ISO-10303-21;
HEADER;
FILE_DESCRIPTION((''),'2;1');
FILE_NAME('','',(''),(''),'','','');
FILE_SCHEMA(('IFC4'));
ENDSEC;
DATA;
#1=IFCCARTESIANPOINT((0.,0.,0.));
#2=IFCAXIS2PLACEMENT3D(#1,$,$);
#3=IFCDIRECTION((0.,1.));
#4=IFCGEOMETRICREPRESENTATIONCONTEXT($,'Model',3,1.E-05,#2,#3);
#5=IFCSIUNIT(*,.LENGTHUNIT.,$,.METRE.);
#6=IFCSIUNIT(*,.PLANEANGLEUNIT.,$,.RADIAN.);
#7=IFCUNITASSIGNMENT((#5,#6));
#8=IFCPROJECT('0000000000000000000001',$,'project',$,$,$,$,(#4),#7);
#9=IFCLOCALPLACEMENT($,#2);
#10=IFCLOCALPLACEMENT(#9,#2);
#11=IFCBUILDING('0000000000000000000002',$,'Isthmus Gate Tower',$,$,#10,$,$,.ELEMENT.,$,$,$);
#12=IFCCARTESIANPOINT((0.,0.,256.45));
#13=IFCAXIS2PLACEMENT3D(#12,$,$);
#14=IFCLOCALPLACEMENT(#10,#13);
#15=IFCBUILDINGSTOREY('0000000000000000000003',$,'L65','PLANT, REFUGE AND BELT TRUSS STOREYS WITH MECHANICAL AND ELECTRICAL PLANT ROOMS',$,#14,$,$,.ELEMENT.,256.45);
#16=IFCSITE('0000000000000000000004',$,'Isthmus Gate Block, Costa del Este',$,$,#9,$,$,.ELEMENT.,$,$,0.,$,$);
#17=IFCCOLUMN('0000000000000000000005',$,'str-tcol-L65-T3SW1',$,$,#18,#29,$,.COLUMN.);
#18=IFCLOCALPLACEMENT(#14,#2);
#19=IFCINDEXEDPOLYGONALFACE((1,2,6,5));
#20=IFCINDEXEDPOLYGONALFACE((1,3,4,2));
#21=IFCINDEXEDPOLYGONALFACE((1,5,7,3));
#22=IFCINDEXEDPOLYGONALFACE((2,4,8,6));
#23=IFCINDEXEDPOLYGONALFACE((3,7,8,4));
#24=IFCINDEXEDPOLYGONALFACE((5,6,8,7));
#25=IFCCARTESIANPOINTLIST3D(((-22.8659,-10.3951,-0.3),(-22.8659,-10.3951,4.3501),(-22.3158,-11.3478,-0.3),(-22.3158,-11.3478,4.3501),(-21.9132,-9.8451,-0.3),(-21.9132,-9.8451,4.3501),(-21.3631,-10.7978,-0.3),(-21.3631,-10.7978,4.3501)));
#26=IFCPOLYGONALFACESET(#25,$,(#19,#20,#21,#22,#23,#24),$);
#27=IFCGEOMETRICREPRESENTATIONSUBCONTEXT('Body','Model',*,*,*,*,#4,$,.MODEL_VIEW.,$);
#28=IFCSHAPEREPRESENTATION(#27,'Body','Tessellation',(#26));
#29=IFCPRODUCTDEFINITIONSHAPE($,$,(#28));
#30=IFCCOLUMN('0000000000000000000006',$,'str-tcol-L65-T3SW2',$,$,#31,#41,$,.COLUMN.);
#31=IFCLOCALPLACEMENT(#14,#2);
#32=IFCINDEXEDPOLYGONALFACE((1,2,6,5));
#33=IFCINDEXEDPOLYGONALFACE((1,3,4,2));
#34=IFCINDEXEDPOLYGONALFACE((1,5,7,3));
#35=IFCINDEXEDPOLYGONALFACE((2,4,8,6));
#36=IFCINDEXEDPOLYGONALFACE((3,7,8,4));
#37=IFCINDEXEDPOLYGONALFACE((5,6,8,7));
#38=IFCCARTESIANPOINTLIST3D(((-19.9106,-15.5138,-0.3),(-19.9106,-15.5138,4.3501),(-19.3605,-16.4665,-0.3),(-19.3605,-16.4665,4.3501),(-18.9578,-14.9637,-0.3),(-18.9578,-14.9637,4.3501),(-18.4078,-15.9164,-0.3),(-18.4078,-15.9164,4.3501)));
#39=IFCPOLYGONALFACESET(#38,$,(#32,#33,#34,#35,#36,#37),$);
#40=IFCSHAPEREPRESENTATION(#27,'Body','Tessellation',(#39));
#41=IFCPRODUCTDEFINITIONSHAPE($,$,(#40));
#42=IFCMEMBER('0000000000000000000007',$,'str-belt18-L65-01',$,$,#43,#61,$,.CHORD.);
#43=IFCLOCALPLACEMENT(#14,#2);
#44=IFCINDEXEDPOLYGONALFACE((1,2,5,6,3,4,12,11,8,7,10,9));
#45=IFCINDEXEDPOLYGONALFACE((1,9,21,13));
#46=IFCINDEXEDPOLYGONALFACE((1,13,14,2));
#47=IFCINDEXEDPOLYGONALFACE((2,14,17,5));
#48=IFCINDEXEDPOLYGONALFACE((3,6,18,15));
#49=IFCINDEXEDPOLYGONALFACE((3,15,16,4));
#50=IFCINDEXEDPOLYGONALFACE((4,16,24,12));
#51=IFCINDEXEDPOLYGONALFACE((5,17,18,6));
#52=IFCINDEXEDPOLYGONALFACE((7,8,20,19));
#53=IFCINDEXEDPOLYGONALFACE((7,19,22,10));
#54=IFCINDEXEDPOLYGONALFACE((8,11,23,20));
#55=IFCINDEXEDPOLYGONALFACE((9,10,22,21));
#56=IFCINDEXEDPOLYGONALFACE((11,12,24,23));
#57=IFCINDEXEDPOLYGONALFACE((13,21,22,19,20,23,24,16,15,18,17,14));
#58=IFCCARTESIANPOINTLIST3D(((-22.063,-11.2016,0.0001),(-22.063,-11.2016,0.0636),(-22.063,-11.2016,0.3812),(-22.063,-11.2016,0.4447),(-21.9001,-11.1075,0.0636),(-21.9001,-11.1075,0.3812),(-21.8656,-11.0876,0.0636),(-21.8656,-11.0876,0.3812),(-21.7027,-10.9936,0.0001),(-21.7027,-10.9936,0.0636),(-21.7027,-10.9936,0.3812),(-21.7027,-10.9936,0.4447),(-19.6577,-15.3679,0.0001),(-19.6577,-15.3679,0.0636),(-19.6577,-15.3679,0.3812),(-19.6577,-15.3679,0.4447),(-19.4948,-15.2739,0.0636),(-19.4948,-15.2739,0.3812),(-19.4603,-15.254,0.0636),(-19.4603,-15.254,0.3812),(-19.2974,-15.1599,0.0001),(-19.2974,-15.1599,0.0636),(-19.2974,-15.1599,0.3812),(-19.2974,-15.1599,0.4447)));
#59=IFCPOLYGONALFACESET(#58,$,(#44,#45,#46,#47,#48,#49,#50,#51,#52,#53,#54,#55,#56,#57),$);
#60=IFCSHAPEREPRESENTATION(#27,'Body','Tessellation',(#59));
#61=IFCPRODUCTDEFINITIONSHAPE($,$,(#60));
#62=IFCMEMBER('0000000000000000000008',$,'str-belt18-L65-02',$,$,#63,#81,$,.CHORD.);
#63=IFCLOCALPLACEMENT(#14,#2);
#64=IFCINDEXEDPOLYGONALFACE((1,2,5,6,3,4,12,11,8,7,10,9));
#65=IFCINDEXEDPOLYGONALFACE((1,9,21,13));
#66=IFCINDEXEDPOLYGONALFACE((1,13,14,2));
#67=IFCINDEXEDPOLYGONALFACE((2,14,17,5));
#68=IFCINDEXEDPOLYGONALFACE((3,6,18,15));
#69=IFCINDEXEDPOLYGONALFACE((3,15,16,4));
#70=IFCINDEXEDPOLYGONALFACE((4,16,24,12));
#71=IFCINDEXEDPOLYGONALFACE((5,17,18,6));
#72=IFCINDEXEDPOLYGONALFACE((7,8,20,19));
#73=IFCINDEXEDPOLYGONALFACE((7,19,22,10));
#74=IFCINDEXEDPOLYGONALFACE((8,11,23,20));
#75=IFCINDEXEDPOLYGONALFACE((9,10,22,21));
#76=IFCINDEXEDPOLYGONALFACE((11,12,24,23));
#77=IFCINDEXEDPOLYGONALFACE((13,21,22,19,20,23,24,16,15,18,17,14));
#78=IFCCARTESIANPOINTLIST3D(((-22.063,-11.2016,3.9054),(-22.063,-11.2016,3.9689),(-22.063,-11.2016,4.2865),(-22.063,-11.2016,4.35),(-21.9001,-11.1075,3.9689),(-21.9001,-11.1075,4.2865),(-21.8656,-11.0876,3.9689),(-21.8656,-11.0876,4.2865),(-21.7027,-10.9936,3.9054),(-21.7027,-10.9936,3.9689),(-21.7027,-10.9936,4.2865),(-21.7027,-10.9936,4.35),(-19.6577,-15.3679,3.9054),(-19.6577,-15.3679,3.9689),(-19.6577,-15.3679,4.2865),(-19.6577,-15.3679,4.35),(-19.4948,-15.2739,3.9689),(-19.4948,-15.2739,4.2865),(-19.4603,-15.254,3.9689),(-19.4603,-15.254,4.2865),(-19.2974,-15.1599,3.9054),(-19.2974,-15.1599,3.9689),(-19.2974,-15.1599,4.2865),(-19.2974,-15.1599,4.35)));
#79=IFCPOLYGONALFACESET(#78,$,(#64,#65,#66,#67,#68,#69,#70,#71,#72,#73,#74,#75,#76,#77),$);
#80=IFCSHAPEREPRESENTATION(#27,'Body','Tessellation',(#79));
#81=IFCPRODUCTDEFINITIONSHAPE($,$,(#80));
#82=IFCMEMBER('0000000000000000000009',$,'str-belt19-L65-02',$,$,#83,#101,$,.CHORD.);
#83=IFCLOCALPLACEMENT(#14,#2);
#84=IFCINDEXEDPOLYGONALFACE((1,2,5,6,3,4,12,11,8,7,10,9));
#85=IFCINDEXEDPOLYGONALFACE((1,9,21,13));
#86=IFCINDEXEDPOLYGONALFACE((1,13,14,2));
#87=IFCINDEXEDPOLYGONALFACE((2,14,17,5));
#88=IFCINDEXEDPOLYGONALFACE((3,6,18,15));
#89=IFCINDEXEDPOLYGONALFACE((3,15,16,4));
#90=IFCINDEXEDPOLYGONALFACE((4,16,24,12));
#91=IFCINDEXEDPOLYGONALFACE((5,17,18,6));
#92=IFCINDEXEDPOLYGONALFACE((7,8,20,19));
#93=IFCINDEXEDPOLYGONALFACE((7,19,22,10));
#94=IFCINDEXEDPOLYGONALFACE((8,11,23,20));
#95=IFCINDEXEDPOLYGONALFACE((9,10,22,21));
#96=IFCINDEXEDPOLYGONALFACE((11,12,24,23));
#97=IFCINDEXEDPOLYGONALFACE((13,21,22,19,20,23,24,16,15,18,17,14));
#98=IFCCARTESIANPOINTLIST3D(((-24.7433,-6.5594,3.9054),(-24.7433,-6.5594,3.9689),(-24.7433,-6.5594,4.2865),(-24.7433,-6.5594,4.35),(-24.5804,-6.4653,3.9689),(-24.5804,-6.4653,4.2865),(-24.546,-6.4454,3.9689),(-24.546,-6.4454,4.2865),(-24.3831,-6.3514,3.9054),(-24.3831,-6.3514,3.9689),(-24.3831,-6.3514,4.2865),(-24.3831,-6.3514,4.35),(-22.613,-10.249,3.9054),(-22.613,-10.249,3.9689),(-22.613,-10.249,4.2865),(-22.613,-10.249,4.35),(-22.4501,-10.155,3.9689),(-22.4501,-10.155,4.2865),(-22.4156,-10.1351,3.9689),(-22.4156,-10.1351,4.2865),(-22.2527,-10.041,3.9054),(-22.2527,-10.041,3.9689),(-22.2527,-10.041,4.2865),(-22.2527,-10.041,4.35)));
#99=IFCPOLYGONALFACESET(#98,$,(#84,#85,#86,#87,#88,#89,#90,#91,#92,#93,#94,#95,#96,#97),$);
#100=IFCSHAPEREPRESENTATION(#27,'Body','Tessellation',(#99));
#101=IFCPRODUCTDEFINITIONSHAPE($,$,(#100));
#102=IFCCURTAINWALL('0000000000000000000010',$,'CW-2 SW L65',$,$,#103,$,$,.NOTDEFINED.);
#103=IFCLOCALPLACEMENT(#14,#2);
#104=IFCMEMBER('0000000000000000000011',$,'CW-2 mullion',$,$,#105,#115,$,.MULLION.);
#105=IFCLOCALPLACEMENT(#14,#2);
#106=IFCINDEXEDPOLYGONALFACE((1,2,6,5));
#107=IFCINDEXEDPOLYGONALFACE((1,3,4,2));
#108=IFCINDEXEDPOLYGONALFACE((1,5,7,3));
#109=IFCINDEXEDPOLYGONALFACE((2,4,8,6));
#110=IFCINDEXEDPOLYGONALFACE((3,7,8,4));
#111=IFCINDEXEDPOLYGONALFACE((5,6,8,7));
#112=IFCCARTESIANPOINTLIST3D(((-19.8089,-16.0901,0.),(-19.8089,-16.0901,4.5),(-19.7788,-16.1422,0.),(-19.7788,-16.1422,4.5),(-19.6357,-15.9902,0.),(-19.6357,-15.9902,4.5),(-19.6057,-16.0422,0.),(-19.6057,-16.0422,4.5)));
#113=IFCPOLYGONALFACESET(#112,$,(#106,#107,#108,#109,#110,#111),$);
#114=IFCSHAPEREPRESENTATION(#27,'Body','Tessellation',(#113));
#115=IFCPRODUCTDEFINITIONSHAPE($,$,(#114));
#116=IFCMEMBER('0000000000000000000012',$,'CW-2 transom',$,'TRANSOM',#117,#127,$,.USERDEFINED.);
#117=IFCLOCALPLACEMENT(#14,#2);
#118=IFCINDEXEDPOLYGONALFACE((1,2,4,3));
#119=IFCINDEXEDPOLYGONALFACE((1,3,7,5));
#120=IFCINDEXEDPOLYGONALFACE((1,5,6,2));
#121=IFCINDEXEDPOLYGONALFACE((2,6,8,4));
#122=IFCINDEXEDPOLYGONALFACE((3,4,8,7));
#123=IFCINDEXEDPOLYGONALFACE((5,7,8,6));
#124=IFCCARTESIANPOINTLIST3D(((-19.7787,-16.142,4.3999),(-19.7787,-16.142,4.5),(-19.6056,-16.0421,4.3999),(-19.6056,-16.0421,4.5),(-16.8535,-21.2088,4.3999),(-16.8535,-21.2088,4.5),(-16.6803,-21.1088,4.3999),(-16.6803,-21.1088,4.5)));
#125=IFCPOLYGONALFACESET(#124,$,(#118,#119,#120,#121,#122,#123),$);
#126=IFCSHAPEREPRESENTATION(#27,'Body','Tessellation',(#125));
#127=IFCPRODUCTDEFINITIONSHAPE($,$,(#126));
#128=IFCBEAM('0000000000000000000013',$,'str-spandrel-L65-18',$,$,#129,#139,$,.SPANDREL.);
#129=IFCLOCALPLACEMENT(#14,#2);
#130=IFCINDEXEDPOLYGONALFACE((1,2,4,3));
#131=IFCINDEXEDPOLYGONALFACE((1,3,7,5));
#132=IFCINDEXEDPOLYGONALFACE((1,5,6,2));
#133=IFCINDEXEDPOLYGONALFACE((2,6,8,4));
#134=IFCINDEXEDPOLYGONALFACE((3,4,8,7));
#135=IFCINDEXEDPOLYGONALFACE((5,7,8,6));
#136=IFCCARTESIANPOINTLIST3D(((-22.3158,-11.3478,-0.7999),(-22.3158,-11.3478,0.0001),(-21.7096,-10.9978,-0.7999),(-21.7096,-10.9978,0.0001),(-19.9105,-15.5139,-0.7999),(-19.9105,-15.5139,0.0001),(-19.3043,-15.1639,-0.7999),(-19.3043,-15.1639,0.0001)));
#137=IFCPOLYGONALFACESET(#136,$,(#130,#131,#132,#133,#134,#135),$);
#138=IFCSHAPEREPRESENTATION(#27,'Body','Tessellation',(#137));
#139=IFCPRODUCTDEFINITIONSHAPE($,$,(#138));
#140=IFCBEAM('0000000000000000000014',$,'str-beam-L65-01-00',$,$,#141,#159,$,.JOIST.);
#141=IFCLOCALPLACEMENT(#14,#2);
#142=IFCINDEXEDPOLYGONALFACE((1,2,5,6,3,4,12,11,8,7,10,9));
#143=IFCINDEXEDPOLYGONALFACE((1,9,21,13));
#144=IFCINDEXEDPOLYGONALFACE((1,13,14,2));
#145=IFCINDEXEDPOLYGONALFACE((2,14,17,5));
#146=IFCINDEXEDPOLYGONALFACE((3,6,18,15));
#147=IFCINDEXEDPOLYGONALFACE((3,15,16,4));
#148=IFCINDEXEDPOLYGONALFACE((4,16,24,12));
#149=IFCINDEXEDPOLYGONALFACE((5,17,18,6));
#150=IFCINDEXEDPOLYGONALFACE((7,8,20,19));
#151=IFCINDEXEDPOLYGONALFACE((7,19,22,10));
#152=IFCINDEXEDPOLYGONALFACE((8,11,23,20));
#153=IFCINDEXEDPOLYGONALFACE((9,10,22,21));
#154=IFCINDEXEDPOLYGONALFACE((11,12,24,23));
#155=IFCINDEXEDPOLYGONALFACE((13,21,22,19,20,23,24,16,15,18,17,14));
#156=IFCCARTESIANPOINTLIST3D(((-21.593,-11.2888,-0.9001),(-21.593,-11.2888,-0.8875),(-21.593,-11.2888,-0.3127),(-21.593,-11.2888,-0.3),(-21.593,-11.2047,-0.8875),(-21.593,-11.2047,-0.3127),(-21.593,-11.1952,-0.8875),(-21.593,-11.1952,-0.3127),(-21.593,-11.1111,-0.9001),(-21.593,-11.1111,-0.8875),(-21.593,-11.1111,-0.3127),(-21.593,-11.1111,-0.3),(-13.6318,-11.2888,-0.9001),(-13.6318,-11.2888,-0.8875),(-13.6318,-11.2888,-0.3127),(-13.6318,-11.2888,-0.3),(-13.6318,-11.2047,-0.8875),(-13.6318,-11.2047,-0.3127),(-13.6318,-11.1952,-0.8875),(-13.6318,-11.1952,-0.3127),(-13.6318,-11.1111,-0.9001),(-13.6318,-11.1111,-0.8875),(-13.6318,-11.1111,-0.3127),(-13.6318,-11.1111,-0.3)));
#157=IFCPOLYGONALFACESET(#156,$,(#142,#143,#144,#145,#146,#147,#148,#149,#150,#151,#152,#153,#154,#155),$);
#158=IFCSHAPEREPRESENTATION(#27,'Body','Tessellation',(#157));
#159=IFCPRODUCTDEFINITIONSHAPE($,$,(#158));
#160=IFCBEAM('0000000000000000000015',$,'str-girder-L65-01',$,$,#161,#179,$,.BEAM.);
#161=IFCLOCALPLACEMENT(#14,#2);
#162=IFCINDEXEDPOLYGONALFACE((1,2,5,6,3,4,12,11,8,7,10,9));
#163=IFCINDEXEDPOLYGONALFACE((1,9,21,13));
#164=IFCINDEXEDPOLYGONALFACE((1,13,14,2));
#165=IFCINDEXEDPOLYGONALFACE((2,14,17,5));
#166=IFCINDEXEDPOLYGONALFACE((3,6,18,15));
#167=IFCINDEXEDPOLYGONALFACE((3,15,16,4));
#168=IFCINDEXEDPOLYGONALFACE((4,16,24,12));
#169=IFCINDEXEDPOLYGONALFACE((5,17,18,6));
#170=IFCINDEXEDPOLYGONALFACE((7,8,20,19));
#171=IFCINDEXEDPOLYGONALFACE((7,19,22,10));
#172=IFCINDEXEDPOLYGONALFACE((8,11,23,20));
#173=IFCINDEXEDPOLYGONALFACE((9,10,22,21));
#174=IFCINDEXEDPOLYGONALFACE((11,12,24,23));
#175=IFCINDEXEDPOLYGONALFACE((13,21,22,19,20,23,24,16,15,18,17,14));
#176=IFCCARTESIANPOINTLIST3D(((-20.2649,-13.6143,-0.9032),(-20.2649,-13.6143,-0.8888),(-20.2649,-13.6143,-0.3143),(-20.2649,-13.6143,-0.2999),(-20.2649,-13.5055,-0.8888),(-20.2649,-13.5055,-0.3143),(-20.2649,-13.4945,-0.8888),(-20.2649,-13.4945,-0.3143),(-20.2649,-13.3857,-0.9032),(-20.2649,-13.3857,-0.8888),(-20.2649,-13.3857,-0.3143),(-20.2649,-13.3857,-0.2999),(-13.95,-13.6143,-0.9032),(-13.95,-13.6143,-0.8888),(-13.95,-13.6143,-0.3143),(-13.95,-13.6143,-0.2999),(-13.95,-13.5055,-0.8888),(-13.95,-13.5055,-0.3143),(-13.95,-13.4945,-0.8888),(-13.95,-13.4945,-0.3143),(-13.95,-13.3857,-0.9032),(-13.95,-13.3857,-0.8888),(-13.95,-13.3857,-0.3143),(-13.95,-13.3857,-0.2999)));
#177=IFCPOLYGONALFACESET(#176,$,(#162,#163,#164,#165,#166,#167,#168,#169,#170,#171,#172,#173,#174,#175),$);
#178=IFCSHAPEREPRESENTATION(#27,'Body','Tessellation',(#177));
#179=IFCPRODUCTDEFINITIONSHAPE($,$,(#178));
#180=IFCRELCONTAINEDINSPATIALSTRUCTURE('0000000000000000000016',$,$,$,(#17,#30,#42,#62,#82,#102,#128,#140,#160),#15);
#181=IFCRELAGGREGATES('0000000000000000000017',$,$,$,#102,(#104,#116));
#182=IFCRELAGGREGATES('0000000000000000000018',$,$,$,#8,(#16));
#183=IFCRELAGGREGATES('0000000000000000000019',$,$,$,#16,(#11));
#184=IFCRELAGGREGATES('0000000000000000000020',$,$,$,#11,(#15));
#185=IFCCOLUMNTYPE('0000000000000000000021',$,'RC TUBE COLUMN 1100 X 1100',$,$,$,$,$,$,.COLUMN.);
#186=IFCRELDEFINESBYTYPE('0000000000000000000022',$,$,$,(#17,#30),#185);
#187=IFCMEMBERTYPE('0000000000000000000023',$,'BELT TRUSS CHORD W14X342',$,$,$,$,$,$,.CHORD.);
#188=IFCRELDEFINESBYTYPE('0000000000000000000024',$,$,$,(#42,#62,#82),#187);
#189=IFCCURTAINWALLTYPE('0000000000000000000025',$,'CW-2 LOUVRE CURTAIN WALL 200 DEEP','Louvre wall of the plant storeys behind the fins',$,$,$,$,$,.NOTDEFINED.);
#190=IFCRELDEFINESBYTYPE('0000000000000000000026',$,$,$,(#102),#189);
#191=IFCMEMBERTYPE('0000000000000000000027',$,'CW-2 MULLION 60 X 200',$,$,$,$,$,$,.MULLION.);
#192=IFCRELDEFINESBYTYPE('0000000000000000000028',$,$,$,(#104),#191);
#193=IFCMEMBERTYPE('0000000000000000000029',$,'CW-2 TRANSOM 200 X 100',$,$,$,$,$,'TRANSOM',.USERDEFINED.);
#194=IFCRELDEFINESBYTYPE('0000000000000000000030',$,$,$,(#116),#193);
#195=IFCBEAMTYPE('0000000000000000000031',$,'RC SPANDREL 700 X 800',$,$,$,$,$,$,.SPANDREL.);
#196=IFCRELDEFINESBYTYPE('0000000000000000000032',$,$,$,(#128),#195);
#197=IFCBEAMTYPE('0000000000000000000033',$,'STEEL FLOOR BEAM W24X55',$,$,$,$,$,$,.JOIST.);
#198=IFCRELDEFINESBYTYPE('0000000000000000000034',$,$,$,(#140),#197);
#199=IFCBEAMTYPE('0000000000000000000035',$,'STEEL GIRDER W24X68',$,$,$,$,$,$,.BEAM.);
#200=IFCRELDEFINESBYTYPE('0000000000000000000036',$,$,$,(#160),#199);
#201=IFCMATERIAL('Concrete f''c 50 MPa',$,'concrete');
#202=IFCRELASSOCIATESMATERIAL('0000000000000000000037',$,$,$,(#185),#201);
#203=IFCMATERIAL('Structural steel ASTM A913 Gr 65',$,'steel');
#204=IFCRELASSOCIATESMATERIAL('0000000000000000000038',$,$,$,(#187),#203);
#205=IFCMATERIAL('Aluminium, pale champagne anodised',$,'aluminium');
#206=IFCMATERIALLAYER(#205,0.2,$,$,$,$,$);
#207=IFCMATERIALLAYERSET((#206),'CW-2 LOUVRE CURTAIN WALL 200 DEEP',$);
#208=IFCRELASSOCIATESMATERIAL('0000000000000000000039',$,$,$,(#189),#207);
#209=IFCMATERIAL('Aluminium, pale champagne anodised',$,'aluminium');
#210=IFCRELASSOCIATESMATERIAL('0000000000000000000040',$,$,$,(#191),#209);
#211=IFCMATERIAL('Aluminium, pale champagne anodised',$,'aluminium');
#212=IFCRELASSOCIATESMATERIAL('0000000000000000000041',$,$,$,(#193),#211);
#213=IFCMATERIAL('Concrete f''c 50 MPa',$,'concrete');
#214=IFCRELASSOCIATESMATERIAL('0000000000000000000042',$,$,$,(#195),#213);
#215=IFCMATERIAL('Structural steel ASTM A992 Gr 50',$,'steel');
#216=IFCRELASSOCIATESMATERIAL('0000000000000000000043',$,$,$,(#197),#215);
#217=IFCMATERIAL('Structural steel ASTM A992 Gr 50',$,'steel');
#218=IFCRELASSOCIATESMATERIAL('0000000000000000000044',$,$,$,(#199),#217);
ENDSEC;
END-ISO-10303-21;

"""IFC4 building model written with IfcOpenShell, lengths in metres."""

from ifc_helpers import new_model, si_unit, direction, frame, origin, origin_2d, place, context, subcontext, project, spatial, rectangle, i_section, extrude, material, layer, layer_set, material_profile, profile_set, type_object, element, aggregate, save


model = new_model("IFC4")

# Units and contexts
model_context = context("Model", 3, precision=1e-05, world=origin(), true_north=direction((0.0, 1.0)))
body_context = subcontext(model_context, "Body", "Model", "MODEL_VIEW")
ifc_project = project(units=[si_unit("LENGTHUNIT", "METRE"), si_unit("PLANEANGLEUNIT", "RADIAN")], contexts=[model_context])

# Site, building, storey
site_placement = place(None, origin())
site = spatial("IfcSite", under=ifc_project, at=site_placement, Name="Isthmus Gate Block, Costa del Este", CompositionType="ELEMENT", RefElevation=0.0)
building_placement = place(site_placement, origin())
building = spatial("IfcBuilding", under=site, at=building_placement, Name="Isthmus Gate Tower", CompositionType="ELEMENT")
storey_placement = place(building_placement, frame((0.0, 0.0, 256.45)))
storey = spatial("IfcBuildingStorey", under=building, at=storey_placement, Name="L65", Description="PLANT, REFUGE AND BELT TRUSS STOREYS WITH MECHANICAL AND ELECTRICAL PLANT ROOMS", CompositionType="ELEMENT", Elevation=256.45)

# Columns
ifc_material_1 = material(Name="Concrete f'c 50 MPa", Category="concrete")
ifc_material_profile_1 = material_profile(ifc_material_1, rectangle(XDim=1.1001, YDim=1.1001, at=origin_2d()), Name="RC 1100X1100")
ifc_profile_set_1 = profile_set([ifc_material_profile_1], Name="Concrete f'c 50 MPa")
column_type = type_object("IfcColumnType", Name="RC TUBE COLUMN 1100 X 1100", PredefinedType="COLUMN", material=ifc_profile_set_1)
for number, where, z_axis, x_axis, name in (
    (1, (-22.1145, -10.5964, -0.3), (0.0, 0.0, 1.0), (0.5, -0.866025, 0.0), "str-tcol-L65-T3SW1"),
    (2, (-19.1592, -15.7151, -0.3), (0.0, 0.0, 1.0), (0.5, -0.866025, 0.0), "str-tcol-L65-T3SW2"),
):
    element("IfcColumn", number, at=place(storey_placement, frame(where, z_axis=z_axis, x_axis=x_axis)), inside=storey, type_object=column_type, Name=name, PredefinedType="COLUMN", context=body_context, shape_type="SweptSolid", body=[
        extrude(rectangle(XDim=1.1001, YDim=1.1001, at=origin_2d()), origin(), (0.0, 0.0, 1.0), 4.6501),
    ])

# Members
ifc_material_2 = material(Name="Structural steel ASTM A913 Gr 65", Category="steel")
ifc_material_profile_2 = material_profile(ifc_material_2, i_section(OverallWidth=0.416, OverallDepth=0.4446, WebThickness=0.0398, FlangeThickness=0.0635, at=origin_2d()), Name="W14X342")
ifc_profile_set_2 = profile_set([ifc_material_profile_2], Name="Structural steel ASTM A913 Gr 65")
member_type_1 = type_object("IfcMemberType", Name="BELT TRUSS CHORD W14X342", PredefinedType="CHORD", material=ifc_profile_set_2)
for number, where, z_axis, x_axis, name in (
    (3, (-19.4775, -15.2639, 0.2224), (-0.499982, 0.866036, 0.0), (-0.866036, -0.499982, 0.0), "str-belt18-L65-01"),
    (4, (-19.4775, -15.2639, 4.1277), (-0.499982, 0.866036, 0.0), (-0.866036, -0.499982, 0.0), "str-belt18-L65-02"),
):
    element("IfcMember", number, at=place(storey_placement, frame(where, z_axis=z_axis, x_axis=x_axis)), inside=storey, type_object=member_type_1, Name=name, PredefinedType="CHORD", context=body_context, shape_type="SweptSolid", body=[
        extrude(i_section(OverallWidth=0.416, OverallDepth=0.4446, WebThickness=0.0398, FlangeThickness=0.0635, at=origin_2d()), origin(), (0.0, 0.0, 1.0), 4.8108),
    ])
member_1_placement = place(storey_placement, frame((-22.4329, -10.145, 4.1277), z_axis=(-0.500022, 0.866013, 0.0), x_axis=(-0.866013, -0.500022, 0.0)))
element("IfcMember", 5, at=member_1_placement, inside=storey, type_object=member_type_1, Name="str-belt19-L65-02", PredefinedType="CHORD", context=body_context, shape_type="SweptSolid", body=[
    extrude(i_section(OverallWidth=0.416, OverallDepth=0.4446, WebThickness=0.0398, FlangeThickness=0.0635, at=origin_2d()), origin(), (0.0, 0.0, 1.0), 4.2605),
])

# Curtain wall, members
ifc_material_3 = material(Name="Aluminium, pale champagne anodised", Category="aluminium")
ifc_layer_1 = layer(ifc_material_3, 0.2)
ifc_layer_set_1 = layer_set([ifc_layer_1], Name="CW-2 LOUVRE CURTAIN WALL 200 DEEP")
curtain_wall_type = type_object("IfcCurtainWallType", Name="CW-2 LOUVRE CURTAIN WALL 200 DEEP", Description="Louvre wall of the plant storeys behind the fins", PredefinedType="NOTDEFINED", material=ifc_layer_set_1)
curtain_wall_placement = place(storey_placement, origin())
curtain_wall = element("IfcCurtainWall", 6, at=curtain_wall_placement, inside=storey, type_object=curtain_wall_type, Name="CW-2 SW L65", PredefinedType="NOTDEFINED")
ifc_material_4 = material(Name="Aluminium, pale champagne anodised", Category="aluminium")
ifc_material_profile_3 = material_profile(ifc_material_4, rectangle(XDim=0.0601, YDim=0.2, at=origin_2d()), Name="60x200")
ifc_profile_set_3 = profile_set([ifc_material_profile_3], Name="Aluminium, pale champagne anodised")
member_type_2 = type_object("IfcMemberType", Name="CW-2 MULLION 60 X 200", PredefinedType="MULLION", material=ifc_profile_set_3)
member_2_placement = place(storey_placement, frame((-19.7073, -16.0662, 0.0), z_axis=(0.0, 0.0, 1.0), x_axis=(0.5, -0.866025, 0.0)))
member_2 = element("IfcMember", 7, at=member_2_placement, type_object=member_type_2, Name="CW-2 mullion", PredefinedType="MULLION", context=body_context, shape_type="SweptSolid", body=[
    extrude(rectangle(XDim=0.0601, YDim=0.2, at=origin_2d()), origin(), (0.0, 0.0, 1.0), 4.5),
])
ifc_material_5 = material(Name="Aluminium, pale champagne anodised", Category="aluminium")
ifc_material_profile_4 = material_profile(ifc_material_5, rectangle(XDim=0.2, YDim=0.1001, at=origin_2d()), Name="200x100")
ifc_profile_set_4 = profile_set([ifc_material_profile_4], Name="Aluminium, pale champagne anodised")
member_type_3 = type_object("IfcMemberType", Name="CW-2 TRANSOM 200 X 100", ElementType="TRANSOM", PredefinedType="USERDEFINED", material=ifc_profile_set_4)
member_3_placement = place(storey_placement, frame((-19.6921, -16.092, 4.45), z_axis=(0.49999, -0.866031, 0.0), x_axis=(0.866031, 0.49999, 0.0)))
member_3 = element("IfcMember", 8, at=member_3_placement, type_object=member_type_3, Name="CW-2 transom", ObjectType="TRANSOM", PredefinedType="USERDEFINED", context=body_context, shape_type="SweptSolid", body=[
    extrude(rectangle(XDim=0.2, YDim=0.1001, at=origin_2d()), origin(), (0.0, 0.0, 1.0), 5.8506),
])

# Beams
ifc_material_6 = material(Name="Concrete f'c 50 MPa", Category="concrete")
ifc_material_profile_5 = material_profile(ifc_material_6, rectangle(XDim=0.7, YDim=0.8, at=origin_2d()), Name="RC 700X800")
ifc_profile_set_5 = profile_set([ifc_material_profile_5], Name="Concrete f'c 50 MPa")
beam_type_1 = type_object("IfcBeamType", Name="RC SPANDREL 700 X 800", PredefinedType="SPANDREL", material=ifc_profile_set_5)
beam_1_placement = place(storey_placement, frame((-19.6074, -15.3389, -0.3999), z_axis=(-0.500004, 0.866023, 0.0), x_axis=(-0.866023, -0.500004, 0.0)))
element("IfcBeam", 9, at=beam_1_placement, inside=storey, type_object=beam_type_1, Name="str-spandrel-L65-18", PredefinedType="SPANDREL", context=body_context, shape_type="SweptSolid", body=[
    extrude(rectangle(XDim=0.7, YDim=0.8, at=origin_2d()), origin(), (0.0, 0.0, 1.0), 4.8105),
])
ifc_material_7 = material(Name="Structural steel ASTM A992 Gr 50", Category="steel")
ifc_material_profile_6 = material_profile(ifc_material_7, i_section(OverallWidth=0.1777, OverallDepth=0.6001, WebThickness=0.0095, FlangeThickness=0.0127, at=origin_2d()), Name="W24X55")
ifc_profile_set_6 = profile_set([ifc_material_profile_6], Name="Structural steel ASTM A992 Gr 50")
beam_type_2 = type_object("IfcBeamType", Name="STEEL FLOOR BEAM W24X55", PredefinedType="JOIST", material=ifc_profile_set_6)
beam_2_placement = place(storey_placement, frame((-21.593, -11.2, -0.6001), z_axis=(1.0, 0.0, 0.0), x_axis=(0.0, 1.0, 0.0)))
element("IfcBeam", 10, at=beam_2_placement, inside=storey, type_object=beam_type_2, Name="str-beam-L65-01-00", PredefinedType="JOIST", context=body_context, shape_type="SweptSolid", body=[
    extrude(i_section(OverallWidth=0.1777, OverallDepth=0.6001, WebThickness=0.0095, FlangeThickness=0.0127, at=origin_2d()), origin(), (0.0, 0.0, 1.0), 7.9612),
])
ifc_material_8 = material(Name="Structural steel ASTM A992 Gr 50", Category="steel")
ifc_material_profile_7 = material_profile(ifc_material_8, i_section(OverallWidth=0.2285, OverallDepth=0.6033, WebThickness=0.011, FlangeThickness=0.0144, at=origin_2d()), Name="W24X68")
ifc_profile_set_7 = profile_set([ifc_material_profile_7], Name="Structural steel ASTM A992 Gr 50")
beam_type_3 = type_object("IfcBeamType", Name="STEEL GIRDER W24X68", PredefinedType="BEAM", material=ifc_profile_set_7)
beam_3_placement = place(storey_placement, frame((-20.2649, -13.5, -0.6016), z_axis=(1.0, 0.0, 0.0), x_axis=(0.0, 1.0, 0.0)))
element("IfcBeam", 11, at=beam_3_placement, inside=storey, type_object=beam_type_3, Name="str-girder-L65-01", PredefinedType="BEAM", context=body_context, shape_type="SweptSolid", body=[
    extrude(i_section(OverallWidth=0.2285, OverallDepth=0.6033, WebThickness=0.011, FlangeThickness=0.0144, at=origin_2d()), origin(), (0.0, 0.0, 1.0), 6.3149),
])

aggregate(curtain_wall, [member_2, member_3])

save(model, "model.ifc")
